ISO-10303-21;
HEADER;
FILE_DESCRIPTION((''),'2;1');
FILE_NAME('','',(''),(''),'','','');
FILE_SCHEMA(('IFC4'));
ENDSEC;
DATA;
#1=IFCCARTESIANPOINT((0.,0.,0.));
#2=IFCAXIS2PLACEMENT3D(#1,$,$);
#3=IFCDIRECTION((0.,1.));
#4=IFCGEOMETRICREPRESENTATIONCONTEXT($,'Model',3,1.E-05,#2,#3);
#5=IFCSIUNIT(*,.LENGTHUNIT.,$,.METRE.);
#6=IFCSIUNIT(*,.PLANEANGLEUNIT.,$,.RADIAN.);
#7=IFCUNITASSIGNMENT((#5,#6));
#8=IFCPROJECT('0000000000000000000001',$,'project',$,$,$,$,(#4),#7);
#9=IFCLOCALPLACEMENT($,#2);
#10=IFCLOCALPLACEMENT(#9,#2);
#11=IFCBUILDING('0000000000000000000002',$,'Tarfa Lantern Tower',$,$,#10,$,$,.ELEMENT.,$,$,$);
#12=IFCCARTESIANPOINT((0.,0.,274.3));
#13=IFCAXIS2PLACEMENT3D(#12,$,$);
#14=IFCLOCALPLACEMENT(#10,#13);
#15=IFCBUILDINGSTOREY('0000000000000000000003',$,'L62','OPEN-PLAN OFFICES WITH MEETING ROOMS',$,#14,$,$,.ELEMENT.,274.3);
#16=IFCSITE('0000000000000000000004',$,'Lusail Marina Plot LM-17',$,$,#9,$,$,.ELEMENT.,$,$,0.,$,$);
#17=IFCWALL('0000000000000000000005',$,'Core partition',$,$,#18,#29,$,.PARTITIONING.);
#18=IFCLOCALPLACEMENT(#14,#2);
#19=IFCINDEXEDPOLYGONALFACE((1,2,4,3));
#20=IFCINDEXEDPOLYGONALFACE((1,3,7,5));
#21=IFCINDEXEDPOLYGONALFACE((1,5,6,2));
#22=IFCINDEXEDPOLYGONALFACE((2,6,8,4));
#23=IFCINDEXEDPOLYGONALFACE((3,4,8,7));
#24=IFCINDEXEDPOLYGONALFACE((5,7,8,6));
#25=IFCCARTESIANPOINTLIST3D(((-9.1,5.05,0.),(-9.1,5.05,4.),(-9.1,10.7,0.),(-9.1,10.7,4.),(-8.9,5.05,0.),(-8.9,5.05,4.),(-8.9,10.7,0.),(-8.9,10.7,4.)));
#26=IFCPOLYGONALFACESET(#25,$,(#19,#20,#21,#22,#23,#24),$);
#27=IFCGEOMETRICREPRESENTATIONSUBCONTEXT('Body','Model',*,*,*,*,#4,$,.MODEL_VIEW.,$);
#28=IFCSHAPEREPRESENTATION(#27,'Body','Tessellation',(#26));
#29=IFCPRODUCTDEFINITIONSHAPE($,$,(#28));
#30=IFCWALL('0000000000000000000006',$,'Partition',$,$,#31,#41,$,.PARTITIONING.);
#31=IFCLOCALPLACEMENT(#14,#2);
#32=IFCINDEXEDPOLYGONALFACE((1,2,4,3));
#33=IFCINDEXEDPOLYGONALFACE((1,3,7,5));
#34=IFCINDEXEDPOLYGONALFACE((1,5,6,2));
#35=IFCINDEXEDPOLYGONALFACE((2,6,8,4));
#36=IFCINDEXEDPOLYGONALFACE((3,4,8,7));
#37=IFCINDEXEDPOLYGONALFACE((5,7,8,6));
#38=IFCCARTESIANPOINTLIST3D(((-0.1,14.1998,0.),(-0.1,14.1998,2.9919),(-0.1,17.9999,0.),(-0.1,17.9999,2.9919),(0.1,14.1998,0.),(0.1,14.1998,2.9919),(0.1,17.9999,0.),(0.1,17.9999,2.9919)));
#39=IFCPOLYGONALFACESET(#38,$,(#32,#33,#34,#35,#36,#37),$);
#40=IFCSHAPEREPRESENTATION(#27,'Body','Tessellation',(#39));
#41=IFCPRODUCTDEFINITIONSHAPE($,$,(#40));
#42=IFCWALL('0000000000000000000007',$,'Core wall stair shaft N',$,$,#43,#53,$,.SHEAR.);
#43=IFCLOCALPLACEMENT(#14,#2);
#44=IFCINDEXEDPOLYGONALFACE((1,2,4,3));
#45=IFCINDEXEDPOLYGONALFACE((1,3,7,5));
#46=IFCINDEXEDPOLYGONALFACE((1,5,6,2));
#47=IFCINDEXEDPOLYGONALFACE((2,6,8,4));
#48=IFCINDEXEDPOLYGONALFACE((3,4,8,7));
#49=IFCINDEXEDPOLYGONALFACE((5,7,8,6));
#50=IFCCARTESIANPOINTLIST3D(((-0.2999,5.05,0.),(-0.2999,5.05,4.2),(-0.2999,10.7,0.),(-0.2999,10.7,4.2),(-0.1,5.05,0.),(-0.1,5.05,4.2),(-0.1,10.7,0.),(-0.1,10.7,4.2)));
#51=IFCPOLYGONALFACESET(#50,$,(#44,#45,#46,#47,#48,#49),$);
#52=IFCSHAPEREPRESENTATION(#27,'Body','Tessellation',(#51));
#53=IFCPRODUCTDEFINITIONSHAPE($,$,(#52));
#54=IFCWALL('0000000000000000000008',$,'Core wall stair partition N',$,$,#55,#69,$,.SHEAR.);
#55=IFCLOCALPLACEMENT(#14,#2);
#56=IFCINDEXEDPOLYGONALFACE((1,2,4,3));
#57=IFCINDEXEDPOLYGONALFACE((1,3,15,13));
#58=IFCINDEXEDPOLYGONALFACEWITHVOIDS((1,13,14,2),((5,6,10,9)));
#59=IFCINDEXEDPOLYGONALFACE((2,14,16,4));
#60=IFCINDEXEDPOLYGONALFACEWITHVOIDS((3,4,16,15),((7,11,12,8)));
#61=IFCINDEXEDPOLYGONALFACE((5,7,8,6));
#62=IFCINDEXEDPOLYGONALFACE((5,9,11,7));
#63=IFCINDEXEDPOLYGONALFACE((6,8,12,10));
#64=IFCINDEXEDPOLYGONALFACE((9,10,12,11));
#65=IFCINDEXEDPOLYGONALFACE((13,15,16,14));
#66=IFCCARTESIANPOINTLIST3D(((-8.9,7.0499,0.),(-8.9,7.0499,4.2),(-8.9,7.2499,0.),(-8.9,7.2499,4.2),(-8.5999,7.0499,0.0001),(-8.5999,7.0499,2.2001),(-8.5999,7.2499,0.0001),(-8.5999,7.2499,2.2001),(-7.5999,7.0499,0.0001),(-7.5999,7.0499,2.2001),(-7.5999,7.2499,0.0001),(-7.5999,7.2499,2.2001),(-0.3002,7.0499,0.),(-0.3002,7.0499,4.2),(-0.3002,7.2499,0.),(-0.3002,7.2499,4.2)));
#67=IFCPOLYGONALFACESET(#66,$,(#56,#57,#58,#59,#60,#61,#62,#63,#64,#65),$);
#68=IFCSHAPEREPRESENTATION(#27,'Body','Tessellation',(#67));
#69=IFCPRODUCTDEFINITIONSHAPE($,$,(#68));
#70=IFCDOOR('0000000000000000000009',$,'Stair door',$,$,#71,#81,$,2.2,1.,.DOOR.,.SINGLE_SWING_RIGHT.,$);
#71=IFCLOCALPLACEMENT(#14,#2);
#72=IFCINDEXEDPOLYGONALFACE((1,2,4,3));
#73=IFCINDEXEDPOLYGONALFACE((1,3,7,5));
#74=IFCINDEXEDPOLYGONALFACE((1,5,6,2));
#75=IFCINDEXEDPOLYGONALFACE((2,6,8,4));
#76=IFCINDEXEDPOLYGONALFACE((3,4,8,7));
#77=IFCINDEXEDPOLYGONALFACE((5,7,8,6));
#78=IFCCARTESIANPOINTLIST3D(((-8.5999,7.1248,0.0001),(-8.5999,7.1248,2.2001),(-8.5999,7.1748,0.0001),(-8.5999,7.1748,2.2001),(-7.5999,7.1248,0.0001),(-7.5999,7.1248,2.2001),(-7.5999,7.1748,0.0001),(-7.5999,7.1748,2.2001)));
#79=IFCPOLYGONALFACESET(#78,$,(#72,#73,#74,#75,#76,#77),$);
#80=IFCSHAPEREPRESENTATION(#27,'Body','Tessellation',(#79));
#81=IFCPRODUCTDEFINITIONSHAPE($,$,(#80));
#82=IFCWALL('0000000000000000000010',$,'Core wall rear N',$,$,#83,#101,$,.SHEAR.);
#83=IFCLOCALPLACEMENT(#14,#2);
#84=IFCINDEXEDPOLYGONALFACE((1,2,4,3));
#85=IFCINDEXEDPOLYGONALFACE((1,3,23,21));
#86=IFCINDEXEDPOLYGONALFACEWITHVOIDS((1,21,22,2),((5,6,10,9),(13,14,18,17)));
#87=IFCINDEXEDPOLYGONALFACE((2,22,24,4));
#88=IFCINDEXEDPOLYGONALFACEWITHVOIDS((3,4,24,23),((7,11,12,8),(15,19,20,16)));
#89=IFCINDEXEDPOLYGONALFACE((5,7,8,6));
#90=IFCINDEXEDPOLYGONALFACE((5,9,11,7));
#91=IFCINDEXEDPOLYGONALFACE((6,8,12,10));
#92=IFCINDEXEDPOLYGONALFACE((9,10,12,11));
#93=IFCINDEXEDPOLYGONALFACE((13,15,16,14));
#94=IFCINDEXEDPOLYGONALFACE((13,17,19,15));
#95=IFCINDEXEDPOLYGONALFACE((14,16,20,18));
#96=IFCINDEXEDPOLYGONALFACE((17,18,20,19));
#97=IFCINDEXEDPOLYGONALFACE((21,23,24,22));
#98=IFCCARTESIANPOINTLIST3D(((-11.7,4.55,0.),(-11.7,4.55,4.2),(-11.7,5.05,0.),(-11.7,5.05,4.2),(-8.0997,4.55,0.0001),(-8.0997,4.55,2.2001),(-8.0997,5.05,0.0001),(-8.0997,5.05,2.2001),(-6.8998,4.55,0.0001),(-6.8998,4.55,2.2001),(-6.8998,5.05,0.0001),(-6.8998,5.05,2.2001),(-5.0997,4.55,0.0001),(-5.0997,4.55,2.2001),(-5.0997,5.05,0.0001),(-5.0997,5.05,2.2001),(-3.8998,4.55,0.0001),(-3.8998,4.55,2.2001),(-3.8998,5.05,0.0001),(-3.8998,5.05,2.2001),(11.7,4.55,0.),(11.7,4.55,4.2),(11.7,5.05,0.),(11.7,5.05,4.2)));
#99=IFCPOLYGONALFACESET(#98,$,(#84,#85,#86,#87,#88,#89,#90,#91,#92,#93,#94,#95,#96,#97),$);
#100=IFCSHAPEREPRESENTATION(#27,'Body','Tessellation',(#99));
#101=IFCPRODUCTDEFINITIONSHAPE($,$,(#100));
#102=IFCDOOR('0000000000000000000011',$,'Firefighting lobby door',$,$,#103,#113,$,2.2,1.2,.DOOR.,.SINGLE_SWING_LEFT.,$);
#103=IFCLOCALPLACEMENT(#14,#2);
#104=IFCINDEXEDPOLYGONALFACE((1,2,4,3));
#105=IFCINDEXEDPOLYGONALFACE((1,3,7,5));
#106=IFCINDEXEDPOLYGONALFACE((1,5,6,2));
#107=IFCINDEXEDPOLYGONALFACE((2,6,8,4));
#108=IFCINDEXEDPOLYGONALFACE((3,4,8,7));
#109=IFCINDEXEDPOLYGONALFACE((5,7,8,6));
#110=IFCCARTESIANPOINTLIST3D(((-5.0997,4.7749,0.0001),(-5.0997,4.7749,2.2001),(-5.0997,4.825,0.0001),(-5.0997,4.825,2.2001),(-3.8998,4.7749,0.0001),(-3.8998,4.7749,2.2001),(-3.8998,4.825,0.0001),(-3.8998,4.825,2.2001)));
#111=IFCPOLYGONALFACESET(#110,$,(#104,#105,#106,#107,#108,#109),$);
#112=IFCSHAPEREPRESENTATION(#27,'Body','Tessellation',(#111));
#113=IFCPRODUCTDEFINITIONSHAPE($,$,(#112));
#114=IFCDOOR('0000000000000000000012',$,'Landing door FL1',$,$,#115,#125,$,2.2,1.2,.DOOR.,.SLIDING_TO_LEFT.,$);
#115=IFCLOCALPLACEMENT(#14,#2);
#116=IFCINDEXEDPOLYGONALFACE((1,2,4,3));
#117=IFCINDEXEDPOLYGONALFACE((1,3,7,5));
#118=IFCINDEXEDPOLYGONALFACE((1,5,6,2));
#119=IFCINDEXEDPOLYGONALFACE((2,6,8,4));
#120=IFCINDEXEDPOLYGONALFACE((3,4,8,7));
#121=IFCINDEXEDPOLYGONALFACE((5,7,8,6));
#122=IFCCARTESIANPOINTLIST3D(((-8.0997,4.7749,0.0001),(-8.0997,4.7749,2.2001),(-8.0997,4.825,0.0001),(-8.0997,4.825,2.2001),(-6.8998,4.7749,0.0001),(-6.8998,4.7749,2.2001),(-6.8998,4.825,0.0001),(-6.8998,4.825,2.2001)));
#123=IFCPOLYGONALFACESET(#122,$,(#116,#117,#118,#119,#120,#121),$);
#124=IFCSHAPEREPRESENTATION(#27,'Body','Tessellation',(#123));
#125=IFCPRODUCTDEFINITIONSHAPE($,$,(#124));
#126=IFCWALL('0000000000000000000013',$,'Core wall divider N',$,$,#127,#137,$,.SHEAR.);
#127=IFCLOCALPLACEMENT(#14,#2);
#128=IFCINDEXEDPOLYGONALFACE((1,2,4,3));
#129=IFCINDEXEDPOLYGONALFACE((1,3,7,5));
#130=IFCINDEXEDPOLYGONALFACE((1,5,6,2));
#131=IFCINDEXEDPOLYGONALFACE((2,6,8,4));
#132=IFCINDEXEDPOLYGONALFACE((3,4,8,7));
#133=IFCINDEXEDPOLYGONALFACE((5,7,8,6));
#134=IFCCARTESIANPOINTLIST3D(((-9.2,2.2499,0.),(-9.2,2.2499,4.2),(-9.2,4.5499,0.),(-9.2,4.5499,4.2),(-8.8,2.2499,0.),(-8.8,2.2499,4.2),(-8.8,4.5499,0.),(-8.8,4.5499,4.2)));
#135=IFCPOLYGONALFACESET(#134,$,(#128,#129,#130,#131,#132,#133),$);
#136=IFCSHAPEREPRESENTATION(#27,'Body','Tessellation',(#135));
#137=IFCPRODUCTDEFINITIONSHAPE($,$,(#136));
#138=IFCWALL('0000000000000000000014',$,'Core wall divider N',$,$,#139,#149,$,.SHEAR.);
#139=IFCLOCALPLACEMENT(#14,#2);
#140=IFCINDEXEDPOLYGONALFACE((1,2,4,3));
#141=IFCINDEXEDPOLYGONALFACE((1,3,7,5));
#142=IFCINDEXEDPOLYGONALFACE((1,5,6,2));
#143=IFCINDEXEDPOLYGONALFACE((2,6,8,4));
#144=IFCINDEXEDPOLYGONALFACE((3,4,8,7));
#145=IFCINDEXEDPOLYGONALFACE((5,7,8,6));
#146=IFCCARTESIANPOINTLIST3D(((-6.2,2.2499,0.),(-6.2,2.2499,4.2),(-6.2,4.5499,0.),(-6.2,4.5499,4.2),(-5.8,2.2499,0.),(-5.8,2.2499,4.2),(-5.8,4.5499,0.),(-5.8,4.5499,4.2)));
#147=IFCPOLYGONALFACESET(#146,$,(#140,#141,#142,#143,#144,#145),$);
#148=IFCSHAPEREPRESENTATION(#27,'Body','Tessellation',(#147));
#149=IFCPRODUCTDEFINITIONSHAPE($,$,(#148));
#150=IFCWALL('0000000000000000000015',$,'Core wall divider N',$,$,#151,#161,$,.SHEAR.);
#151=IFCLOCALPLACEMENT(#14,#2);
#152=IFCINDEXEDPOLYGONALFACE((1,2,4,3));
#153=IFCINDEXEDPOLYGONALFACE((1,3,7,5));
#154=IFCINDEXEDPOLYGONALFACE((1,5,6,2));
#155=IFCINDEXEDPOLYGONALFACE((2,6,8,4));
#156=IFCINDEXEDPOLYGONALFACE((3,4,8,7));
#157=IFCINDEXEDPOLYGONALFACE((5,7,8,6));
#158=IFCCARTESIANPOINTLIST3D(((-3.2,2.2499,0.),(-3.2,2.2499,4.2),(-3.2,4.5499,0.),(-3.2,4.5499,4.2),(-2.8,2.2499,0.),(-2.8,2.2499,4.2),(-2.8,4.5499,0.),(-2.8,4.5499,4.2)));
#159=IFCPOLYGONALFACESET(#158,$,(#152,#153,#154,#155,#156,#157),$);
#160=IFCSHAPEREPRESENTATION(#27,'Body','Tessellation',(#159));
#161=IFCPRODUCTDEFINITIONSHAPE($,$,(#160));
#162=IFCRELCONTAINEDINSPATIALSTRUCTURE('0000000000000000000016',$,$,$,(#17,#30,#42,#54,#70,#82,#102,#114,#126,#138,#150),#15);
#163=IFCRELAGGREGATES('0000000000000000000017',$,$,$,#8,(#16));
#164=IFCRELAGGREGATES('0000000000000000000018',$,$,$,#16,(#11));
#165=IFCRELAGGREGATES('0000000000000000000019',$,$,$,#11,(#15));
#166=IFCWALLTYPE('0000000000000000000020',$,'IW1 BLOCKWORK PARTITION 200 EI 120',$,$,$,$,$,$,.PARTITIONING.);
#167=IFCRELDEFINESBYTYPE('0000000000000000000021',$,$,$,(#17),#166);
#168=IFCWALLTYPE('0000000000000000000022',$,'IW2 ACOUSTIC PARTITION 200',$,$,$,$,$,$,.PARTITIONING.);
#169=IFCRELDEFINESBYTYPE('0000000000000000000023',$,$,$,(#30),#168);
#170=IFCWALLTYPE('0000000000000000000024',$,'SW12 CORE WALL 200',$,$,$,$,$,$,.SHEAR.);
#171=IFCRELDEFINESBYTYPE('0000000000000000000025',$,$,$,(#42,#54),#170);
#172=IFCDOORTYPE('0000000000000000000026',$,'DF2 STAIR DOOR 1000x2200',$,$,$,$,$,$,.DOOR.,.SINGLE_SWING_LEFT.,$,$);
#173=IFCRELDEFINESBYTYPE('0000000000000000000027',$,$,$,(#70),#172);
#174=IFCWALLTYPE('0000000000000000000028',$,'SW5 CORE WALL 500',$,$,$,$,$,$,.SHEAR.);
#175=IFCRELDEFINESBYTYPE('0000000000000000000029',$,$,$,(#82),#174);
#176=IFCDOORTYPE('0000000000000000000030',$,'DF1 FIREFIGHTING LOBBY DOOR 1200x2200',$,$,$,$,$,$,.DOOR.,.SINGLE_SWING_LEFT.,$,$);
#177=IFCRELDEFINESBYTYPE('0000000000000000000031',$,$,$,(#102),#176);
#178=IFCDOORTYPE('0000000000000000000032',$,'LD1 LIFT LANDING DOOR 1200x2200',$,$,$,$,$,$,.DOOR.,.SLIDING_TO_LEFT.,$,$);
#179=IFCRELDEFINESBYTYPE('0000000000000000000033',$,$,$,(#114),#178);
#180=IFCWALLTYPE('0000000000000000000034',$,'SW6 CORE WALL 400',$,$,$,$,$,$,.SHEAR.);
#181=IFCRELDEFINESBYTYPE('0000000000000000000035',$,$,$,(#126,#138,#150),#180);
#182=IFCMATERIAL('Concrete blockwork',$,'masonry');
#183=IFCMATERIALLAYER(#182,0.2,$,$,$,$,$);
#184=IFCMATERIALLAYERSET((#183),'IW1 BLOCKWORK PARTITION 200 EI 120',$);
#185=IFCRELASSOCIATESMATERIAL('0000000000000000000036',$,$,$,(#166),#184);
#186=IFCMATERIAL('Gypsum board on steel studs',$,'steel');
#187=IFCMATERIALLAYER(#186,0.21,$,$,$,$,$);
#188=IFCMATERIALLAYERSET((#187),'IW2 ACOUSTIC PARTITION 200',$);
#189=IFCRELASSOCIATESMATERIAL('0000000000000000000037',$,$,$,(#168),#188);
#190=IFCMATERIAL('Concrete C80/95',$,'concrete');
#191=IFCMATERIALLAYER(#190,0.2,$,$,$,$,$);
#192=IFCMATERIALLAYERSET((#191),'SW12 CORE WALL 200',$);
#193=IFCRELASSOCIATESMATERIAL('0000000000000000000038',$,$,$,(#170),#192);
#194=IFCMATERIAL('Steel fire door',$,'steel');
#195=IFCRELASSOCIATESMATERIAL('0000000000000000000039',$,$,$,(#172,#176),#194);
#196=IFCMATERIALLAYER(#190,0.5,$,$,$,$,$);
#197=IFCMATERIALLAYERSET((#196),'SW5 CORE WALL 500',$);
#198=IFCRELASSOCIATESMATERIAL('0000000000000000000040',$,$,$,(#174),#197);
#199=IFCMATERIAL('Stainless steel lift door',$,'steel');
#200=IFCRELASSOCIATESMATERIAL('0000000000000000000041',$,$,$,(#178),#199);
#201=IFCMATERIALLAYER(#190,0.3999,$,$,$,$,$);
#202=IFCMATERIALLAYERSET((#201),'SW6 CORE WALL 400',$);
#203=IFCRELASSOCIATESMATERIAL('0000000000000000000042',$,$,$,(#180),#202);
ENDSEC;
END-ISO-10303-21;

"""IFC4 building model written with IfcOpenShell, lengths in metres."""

from ifc_helpers import new_model, si_unit, direction, frame, frame_2d, origin, place, context, subcontext, project, spatial, rectangle, extrude, material, layer, layer_set, type_object, element, fill, save


model = new_model("IFC4")

# Units and contexts
model_context = context("Model", 3, precision=1e-05, world=origin(), true_north=direction((0.0, 1.0)))
body_context = subcontext(model_context, "Body", "Model", "MODEL_VIEW")
ifc_project = project(units=[si_unit("LENGTHUNIT", "METRE"), si_unit("PLANEANGLEUNIT", "RADIAN")], contexts=[model_context])

# Site, building, storey
site_placement = place(None, origin())
site = spatial("IfcSite", under=ifc_project, at=site_placement, Name="Lusail Marina Plot LM-17", CompositionType="ELEMENT", RefElevation=0.0)
building_placement = place(site_placement, origin())
building = spatial("IfcBuilding", under=site, at=building_placement, Name="Tarfa Lantern Tower", CompositionType="ELEMENT")
storey_placement = place(building_placement, frame((0.0, 0.0, 274.3)))
storey = spatial("IfcBuildingStorey", under=building, at=storey_placement, Name="L62", Description="OPEN-PLAN OFFICES WITH MEETING ROOMS", CompositionType="ELEMENT", Elevation=274.3)

# Walls
ifc_material_1 = material(Name="Concrete blockwork", Category="masonry")
ifc_layer_1 = layer(ifc_material_1, 0.2)
ifc_layer_set_1 = layer_set([ifc_layer_1], Name="IW1 BLOCKWORK PARTITION 200 EI 120")
wall_type_1 = type_object("IfcWallType", Name="IW1 BLOCKWORK PARTITION 200 EI 120", PredefinedType="PARTITIONING", material=ifc_layer_set_1)
wall_1_placement = place(storey_placement, frame((-9.0, 5.05, 0.0), z_axis=(0.0, 0.0, 1.0), x_axis=(0.0, 1.0, 0.0)))
element("IfcWall", 1, at=wall_1_placement, inside=storey, type_object=wall_type_1, Name="Core partition", PredefinedType="PARTITIONING", context=body_context, shape_type="SweptSolid", body=[
    extrude(rectangle(XDim=5.6499, YDim=0.2, at=frame_2d((2.825, 0.0))), origin(), (0.0, 0.0, 1.0), 4.0),
])
ifc_material_2 = material(Name="Gypsum board on steel studs", Category="steel")
ifc_layer_2 = layer(ifc_material_2, 0.21)
ifc_layer_set_2 = layer_set([ifc_layer_2], Name="IW2 ACOUSTIC PARTITION 200")
wall_type_2 = type_object("IfcWallType", Name="IW2 ACOUSTIC PARTITION 200", PredefinedType="PARTITIONING", material=ifc_layer_set_2)
wall_2_placement = place(storey_placement, frame((0.0, 14.2, 0.0), z_axis=(0.0, 0.0, 1.0), x_axis=(0.0, 1.0, 0.0)))
element("IfcWall", 2, at=wall_2_placement, inside=storey, type_object=wall_type_2, Name="Partition", PredefinedType="PARTITIONING", context=body_context, shape_type="SweptSolid", body=[
    extrude(rectangle(XDim=3.8, YDim=0.2, at=frame_2d((1.8999, 0.0))), origin(), (0.0, 0.0, 1.0), 2.9919),
])
ifc_material_3 = material(Name="Concrete C80/95", Category="concrete")
ifc_layer_3 = layer(ifc_material_3, 0.2)
ifc_layer_set_3 = layer_set([ifc_layer_3], Name="SW12 CORE WALL 200")
wall_type_3 = type_object("IfcWallType", Name="SW12 CORE WALL 200", PredefinedType="SHEAR", material=ifc_layer_set_3)
wall_3_placement = place(storey_placement, frame((-0.2, 5.05, 0.0), z_axis=(0.0, 0.0, 1.0), x_axis=(0.0, 1.0, 0.0)))
element("IfcWall", 3, at=wall_3_placement, inside=storey, type_object=wall_type_3, Name="Core wall stair shaft N", PredefinedType="SHEAR", context=body_context, shape_type="SweptSolid", body=[
    extrude(rectangle(XDim=5.6499, YDim=0.2, at=frame_2d((2.825, 0.0))), origin(), (0.0, 0.0, 1.0), 4.2),
])

# Wall, opening, door
wall_4_placement = place(storey_placement, frame((-8.8999, 7.1499, 0.0), z_axis=(0.0, 0.0, 1.0), x_axis=(1.0, 0.0, 0.0)))
wall_4 = element("IfcWall", 4, at=wall_4_placement, inside=storey, type_object=wall_type_3, Name="Core wall stair partition N", PredefinedType="SHEAR", context=body_context, shape_type="SweptSolid", body=[
    extrude(rectangle(XDim=8.5999, YDim=0.2, at=frame_2d((4.2998, 0.0))), origin(), (0.0, 0.0, 1.0), 4.2),
])
opening_1_placement = place(wall_4_placement, frame((0.3, 0.0, 0.0)))
opening_1 = element("IfcOpeningElement", 5, at=opening_1_placement, cuts=wall_4, PredefinedType="OPENING", context=body_context, shape_type="SweptSolid", body=[
    extrude(rectangle(XDim=1.0, YDim=2.2, at=frame_2d((0.5, 1.1001))), frame((0.0, 0.1099, 0.0), z_axis=(0.0, -1.0, 0.0), x_axis=(1.0, 0.0, 0.0)), (0.0, 0.0, 1.0), 0.22),
])
ifc_material_4 = material(Name="Steel fire door", Category="steel")
door_type_1 = type_object("IfcDoorType", Name="DF2 STAIR DOOR 1000x2200", OperationType="SINGLE_SWING_LEFT", PredefinedType="DOOR", material=ifc_material_4)
door_1_placement = place(opening_1_placement, origin())
door_1 = element("IfcDoor", 6, at=door_1_placement, inside=storey, type_object=door_type_1, Name="Stair door", OperationType="SINGLE_SWING_RIGHT", OverallHeight=2.2, OverallWidth=1.0, PredefinedType="DOOR", context=body_context, shape_type="SweptSolid", body=[
    extrude(rectangle(XDim=1.0, YDim=2.2, at=frame_2d((0.5, 1.1001))), frame((0.0, 0.0249, 0.0), z_axis=(0.0, -1.0, 0.0), x_axis=(1.0, 0.0, 0.0)), (0.0, 0.0, 1.0), 0.05),
])
fill(opening_1, door_1)

# Wall, openings, doors
ifc_layer_4 = layer(ifc_material_3, 0.5)
ifc_layer_set_4 = layer_set([ifc_layer_4], Name="SW5 CORE WALL 500")
wall_type_4 = type_object("IfcWallType", Name="SW5 CORE WALL 500", PredefinedType="SHEAR", material=ifc_layer_set_4)
wall_5_placement = place(storey_placement, frame((-11.7, 4.8, 0.0), z_axis=(0.0, 0.0, 1.0), x_axis=(1.0, 0.0, 0.0)))
wall_5 = element("IfcWall", 7, at=wall_5_placement, inside=storey, type_object=wall_type_4, Name="Core wall rear N", PredefinedType="SHEAR", context=body_context, shape_type="SweptSolid", body=[
    extrude(rectangle(XDim=23.3999, YDim=0.5, at=frame_2d((11.7, 0.0))), origin(), (0.0, 0.0, 1.0), 4.2),
])
opening_2_placement = place(wall_5_placement, frame((6.6001, 0.0, 0.0)))
opening_2 = element("IfcOpeningElement", 8, at=opening_2_placement, cuts=wall_5, PredefinedType="OPENING", context=body_context, shape_type="SweptSolid", body=[
    extrude(rectangle(XDim=1.2, YDim=2.2, at=frame_2d((0.6001, 1.1001))), frame((0.0, 0.26, 0.0), z_axis=(0.0, -1.0, 0.0), x_axis=(1.0, 0.0, 0.0)), (0.0, 0.0, 1.0), 0.52),
])
opening_3_placement = place(wall_5_placement, frame((3.6001, 0.0, 0.0)))
opening_3 = element("IfcOpeningElement", 9, at=opening_3_placement, cuts=wall_5, PredefinedType="OPENING", context=body_context, shape_type="SweptSolid", body=[
    extrude(rectangle(XDim=1.2, YDim=2.2, at=frame_2d((0.6001, 1.1001))), frame((0.0, 0.26, 0.0), z_axis=(0.0, -1.0, 0.0), x_axis=(1.0, 0.0, 0.0)), (0.0, 0.0, 1.0), 0.52),
])
door_type_2 = type_object("IfcDoorType", Name="DF1 FIREFIGHTING LOBBY DOOR 1200x2200", OperationType="SINGLE_SWING_LEFT", PredefinedType="DOOR", material=ifc_material_4)
door_2_placement = place(opening_2_placement, origin())
door_2 = element("IfcDoor", 10, at=door_2_placement, inside=storey, type_object=door_type_2, Name="Firefighting lobby door", OperationType="SINGLE_SWING_LEFT", OverallHeight=2.2, OverallWidth=1.2, PredefinedType="DOOR", context=body_context, shape_type="SweptSolid", body=[
    extrude(rectangle(XDim=1.2, YDim=2.2, at=frame_2d((0.6001, 1.1001))), frame((0.0, 0.0249, 0.0), z_axis=(0.0, -1.0, 0.0), x_axis=(1.0, 0.0, 0.0)), (0.0, 0.0, 1.0), 0.05),
])
fill(opening_2, door_2)
ifc_material_5 = material(Name="Stainless steel lift door", Category="steel")
door_type_3 = type_object("IfcDoorType", Name="LD1 LIFT LANDING DOOR 1200x2200", OperationType="SLIDING_TO_LEFT", PredefinedType="DOOR", material=ifc_material_5)
door_3_placement = place(opening_3_placement, origin())
door_3 = element("IfcDoor", 11, at=door_3_placement, inside=storey, type_object=door_type_3, Name="Landing door FL1", OperationType="SLIDING_TO_LEFT", OverallHeight=2.2, OverallWidth=1.2, PredefinedType="DOOR", context=body_context, shape_type="SweptSolid", body=[
    extrude(rectangle(XDim=1.2, YDim=2.2, at=frame_2d((0.6001, 1.1001))), frame((0.0, 0.0249, 0.0), z_axis=(0.0, -1.0, 0.0), x_axis=(1.0, 0.0, 0.0)), (0.0, 0.0, 1.0), 0.05),
])
fill(opening_3, door_3)

# Walls
ifc_layer_5 = layer(ifc_material_3, 0.3999)
ifc_layer_set_5 = layer_set([ifc_layer_5], Name="SW6 CORE WALL 400")
wall_type_5 = type_object("IfcWallType", Name="SW6 CORE WALL 400", PredefinedType="SHEAR", material=ifc_layer_set_5)
for number, where, z_axis, x_axis, name in (
    (12, (-9.0, 2.25, 0.0), (0.0, 0.0, 1.0), (0.0, 1.0, 0.0), "Core wall divider N"),
    (13, (-6.0, 2.25, 0.0), (0.0, 0.0, 1.0), (0.0, 1.0, 0.0), "Core wall divider N"),
    (14, (-3.0, 2.25, 0.0), (0.0, 0.0, 1.0), (0.0, 1.0, 0.0), "Core wall divider N"),
):
    element("IfcWall", number, at=place(storey_placement, frame(where, z_axis=z_axis, x_axis=x_axis)), inside=storey, type_object=wall_type_5, Name=name, PredefinedType="SHEAR", context=body_context, shape_type="SweptSolid", body=[
        extrude(rectangle(XDim=2.3, YDim=0.3999, at=frame_2d((1.1499, 0.0))), origin(), (0.0, 0.0, 1.0), 4.2),
    ])

save(model, "model.ifc")
